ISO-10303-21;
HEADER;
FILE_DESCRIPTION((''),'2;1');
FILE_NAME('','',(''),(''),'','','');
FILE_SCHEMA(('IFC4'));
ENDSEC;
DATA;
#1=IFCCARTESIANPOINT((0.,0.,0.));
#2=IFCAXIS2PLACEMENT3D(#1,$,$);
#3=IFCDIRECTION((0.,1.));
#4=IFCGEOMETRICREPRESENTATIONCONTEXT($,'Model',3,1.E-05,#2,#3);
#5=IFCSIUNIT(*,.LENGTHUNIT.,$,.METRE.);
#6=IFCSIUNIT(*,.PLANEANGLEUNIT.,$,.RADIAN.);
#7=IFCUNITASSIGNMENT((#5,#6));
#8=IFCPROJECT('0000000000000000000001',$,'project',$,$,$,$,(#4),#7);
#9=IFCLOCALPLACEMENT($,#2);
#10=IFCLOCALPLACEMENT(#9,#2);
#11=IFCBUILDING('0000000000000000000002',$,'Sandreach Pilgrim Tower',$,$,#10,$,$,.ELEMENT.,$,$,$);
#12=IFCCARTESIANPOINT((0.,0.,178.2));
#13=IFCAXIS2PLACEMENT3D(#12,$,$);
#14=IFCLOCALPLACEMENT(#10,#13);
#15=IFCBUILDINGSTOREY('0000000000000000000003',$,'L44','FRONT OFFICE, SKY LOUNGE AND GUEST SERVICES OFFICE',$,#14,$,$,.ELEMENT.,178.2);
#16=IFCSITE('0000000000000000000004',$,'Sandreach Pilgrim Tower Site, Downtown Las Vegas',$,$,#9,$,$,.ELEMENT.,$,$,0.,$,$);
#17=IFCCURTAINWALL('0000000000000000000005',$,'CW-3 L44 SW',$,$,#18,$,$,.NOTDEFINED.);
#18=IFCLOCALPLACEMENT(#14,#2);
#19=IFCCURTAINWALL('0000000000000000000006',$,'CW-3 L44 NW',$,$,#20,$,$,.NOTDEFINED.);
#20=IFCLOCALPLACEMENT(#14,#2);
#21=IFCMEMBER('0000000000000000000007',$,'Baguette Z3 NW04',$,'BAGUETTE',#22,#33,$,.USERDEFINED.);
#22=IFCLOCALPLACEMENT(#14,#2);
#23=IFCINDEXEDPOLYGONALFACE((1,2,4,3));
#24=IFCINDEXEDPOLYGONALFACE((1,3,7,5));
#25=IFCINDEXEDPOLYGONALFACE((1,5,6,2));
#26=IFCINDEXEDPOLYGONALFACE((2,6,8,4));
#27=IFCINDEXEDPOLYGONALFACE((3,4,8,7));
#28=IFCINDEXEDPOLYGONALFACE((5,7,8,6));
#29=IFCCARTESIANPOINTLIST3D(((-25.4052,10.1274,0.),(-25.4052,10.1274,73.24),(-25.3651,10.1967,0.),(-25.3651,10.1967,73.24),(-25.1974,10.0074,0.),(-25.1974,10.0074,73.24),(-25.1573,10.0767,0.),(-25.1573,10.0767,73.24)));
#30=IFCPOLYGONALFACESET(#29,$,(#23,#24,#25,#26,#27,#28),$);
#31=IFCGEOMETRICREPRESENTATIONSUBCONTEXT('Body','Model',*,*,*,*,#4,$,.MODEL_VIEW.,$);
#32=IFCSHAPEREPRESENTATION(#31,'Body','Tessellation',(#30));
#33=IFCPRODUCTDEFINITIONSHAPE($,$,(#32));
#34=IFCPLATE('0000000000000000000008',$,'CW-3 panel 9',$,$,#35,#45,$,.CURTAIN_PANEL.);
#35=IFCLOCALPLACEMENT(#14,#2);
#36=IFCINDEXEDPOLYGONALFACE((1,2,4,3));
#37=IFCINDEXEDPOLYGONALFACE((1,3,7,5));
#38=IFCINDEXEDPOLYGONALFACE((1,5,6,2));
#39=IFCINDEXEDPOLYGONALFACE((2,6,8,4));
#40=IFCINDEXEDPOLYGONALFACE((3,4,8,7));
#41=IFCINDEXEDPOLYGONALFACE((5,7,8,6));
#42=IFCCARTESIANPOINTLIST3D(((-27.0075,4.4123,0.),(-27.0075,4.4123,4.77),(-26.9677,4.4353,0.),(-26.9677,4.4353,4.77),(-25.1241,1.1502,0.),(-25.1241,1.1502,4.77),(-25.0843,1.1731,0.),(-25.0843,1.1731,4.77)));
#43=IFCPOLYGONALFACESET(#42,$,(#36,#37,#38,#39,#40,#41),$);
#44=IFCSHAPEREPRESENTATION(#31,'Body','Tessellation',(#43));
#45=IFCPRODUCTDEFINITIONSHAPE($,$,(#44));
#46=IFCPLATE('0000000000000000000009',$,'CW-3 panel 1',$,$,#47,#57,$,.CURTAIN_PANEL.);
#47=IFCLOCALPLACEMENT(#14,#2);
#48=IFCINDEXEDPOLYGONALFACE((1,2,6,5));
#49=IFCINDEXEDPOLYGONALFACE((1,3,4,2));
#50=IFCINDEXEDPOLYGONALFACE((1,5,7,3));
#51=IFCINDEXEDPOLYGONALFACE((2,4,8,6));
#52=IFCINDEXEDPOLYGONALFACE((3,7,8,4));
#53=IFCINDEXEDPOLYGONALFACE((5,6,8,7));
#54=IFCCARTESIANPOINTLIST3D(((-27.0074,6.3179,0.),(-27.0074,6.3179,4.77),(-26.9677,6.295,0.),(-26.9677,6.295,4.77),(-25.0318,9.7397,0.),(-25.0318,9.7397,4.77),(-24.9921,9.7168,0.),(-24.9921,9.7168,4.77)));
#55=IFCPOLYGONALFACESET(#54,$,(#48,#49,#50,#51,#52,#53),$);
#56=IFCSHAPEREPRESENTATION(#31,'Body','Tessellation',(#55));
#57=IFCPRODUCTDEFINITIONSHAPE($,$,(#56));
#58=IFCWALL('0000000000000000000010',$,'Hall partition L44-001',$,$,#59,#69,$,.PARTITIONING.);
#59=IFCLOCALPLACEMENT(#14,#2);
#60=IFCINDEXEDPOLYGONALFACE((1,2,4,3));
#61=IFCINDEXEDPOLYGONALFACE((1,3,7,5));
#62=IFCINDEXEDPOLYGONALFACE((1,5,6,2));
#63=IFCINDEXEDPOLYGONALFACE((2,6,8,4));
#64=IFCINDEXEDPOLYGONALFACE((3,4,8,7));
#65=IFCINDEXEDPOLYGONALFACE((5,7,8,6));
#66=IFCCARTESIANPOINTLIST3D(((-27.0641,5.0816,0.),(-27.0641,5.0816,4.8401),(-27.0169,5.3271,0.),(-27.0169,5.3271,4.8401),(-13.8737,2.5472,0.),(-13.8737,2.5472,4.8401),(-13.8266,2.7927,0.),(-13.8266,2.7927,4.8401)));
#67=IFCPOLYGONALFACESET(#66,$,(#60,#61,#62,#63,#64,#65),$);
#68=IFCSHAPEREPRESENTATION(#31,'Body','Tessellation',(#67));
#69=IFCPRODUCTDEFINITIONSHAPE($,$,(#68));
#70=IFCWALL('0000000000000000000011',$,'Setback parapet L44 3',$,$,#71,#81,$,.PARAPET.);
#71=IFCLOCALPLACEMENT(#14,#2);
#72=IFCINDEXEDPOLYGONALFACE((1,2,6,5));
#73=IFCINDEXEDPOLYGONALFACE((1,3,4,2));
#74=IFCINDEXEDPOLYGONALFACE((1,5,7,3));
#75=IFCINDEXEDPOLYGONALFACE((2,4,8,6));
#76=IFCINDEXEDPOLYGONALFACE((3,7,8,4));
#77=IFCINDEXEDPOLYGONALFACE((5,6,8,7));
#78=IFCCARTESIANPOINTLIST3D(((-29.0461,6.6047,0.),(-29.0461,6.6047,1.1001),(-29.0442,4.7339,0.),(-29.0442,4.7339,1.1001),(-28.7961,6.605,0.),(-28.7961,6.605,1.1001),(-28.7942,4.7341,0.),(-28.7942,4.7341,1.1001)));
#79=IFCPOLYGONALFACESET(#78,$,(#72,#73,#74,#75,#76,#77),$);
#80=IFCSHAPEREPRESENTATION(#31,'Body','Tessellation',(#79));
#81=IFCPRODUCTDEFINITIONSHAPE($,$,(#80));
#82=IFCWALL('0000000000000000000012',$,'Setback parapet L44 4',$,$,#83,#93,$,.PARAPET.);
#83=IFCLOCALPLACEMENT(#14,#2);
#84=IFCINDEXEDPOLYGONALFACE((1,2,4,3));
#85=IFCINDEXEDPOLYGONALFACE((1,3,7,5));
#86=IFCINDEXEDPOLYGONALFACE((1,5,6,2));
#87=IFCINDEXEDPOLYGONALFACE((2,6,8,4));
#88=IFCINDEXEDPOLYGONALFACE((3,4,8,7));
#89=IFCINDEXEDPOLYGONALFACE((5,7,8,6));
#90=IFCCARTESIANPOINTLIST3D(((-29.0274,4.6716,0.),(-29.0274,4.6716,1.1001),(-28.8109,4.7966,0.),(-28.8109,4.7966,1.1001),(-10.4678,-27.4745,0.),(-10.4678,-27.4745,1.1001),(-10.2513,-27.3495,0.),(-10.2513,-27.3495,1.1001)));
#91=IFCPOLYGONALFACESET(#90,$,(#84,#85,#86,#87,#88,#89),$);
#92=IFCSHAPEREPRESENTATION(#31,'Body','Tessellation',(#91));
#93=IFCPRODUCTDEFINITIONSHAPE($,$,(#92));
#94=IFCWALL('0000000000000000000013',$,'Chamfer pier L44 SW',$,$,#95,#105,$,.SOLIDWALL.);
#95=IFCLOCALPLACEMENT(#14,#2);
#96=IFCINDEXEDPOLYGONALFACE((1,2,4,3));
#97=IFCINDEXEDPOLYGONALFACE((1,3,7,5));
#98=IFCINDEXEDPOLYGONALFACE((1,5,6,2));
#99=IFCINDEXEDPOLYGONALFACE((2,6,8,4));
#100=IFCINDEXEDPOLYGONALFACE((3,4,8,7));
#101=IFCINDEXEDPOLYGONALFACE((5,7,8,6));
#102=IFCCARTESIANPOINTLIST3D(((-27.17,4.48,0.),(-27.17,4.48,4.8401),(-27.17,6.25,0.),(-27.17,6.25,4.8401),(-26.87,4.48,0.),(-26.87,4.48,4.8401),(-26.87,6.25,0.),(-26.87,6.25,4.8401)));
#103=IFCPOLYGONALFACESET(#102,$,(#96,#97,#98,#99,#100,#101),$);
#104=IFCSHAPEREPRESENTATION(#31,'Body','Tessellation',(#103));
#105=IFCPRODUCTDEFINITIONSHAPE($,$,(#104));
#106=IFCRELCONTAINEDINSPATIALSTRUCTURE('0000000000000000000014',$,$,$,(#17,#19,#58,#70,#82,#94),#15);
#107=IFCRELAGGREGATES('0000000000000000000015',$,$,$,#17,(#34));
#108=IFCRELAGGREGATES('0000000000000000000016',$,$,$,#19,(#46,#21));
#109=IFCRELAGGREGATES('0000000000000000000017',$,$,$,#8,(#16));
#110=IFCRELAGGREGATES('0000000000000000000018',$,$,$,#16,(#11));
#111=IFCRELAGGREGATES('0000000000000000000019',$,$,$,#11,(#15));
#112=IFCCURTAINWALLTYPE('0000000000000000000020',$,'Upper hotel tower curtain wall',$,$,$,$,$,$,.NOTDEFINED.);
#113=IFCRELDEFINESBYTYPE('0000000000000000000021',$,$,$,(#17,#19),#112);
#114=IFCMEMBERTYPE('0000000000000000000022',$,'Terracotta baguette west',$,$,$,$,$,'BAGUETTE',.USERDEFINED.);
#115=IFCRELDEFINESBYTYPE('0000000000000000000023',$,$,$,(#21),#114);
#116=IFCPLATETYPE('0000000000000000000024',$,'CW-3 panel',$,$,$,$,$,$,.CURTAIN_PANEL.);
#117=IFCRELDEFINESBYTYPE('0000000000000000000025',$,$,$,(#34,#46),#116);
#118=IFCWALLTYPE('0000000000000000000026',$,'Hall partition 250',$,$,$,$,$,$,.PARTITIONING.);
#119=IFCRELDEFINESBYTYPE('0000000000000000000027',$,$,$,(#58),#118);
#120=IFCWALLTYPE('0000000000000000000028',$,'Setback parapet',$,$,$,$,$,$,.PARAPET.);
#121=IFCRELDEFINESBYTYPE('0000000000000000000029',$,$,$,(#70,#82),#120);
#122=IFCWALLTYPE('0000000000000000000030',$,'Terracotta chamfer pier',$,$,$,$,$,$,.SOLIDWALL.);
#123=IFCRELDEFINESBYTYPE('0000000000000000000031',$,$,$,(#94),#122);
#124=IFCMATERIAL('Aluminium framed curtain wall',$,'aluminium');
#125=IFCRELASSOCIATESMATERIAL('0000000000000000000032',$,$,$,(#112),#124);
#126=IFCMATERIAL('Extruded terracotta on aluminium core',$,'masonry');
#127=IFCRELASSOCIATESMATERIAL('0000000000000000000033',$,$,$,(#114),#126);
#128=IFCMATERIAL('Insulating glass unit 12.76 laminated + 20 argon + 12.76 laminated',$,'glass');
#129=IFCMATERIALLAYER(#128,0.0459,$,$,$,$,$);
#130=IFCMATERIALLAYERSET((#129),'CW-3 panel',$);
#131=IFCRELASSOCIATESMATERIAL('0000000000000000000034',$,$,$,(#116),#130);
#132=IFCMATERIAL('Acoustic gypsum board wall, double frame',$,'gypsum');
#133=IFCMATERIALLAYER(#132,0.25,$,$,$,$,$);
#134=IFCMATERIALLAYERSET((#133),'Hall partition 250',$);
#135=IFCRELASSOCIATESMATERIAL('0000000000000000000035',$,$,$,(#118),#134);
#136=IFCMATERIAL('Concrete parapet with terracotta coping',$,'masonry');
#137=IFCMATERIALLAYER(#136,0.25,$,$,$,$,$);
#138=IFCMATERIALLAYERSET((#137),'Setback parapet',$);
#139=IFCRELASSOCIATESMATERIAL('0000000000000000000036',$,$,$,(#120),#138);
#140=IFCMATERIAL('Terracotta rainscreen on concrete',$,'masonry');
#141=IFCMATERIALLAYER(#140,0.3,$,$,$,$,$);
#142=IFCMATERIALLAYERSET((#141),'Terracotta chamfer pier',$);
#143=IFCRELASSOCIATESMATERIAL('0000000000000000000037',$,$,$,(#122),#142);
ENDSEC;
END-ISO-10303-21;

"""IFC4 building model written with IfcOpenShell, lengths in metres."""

from ifc_helpers import new_model, si_unit, direction, frame, frame_2d, origin, origin_2d, place, context, subcontext, project, spatial, rectangle, extrude, material, layer, layer_set, material_profile, profile_set, type_object, element, aggregate, save


model = new_model("IFC4")

# Units and contexts
model_context = context("Model", 3, precision=1e-05, world=origin(), true_north=direction((0.0, 1.0)))
body_context = subcontext(model_context, "Body", "Model", "MODEL_VIEW")
ifc_project = project(units=[si_unit("LENGTHUNIT", "METRE"), si_unit("PLANEANGLEUNIT", "RADIAN")], contexts=[model_context])

# Site, building, storey
site_placement = place(None, origin())
site = spatial("IfcSite", under=ifc_project, at=site_placement, Name="Sandreach Pilgrim Tower Site, Downtown Las Vegas", CompositionType="ELEMENT", RefElevation=0.0)
building_placement = place(site_placement, origin())
building = spatial("IfcBuilding", under=site, at=building_placement, Name="Sandreach Pilgrim Tower", CompositionType="ELEMENT")
storey_placement = place(building_placement, frame((0.0, 0.0, 178.2)))
storey = spatial("IfcBuildingStorey", under=building, at=storey_placement, Name="L44", Description="FRONT OFFICE, SKY LOUNGE AND GUEST SERVICES OFFICE", CompositionType="ELEMENT", Elevation=178.2)

# Curtain walls
ifc_material_1 = material(Name="Aluminium framed curtain wall", Category="aluminium")
curtain_wall_type = type_object("IfcCurtainWallType", Name="Upper hotel tower curtain wall", PredefinedType="NOTDEFINED", material=ifc_material_1)
curtain_wall_1_placement = place(storey_placement, origin())
curtain_wall_1 = element("IfcCurtainWall", 1, at=curtain_wall_1_placement, inside=storey, type_object=curtain_wall_type, Name="CW-3 L44 SW", PredefinedType="NOTDEFINED")
curtain_wall_2_placement = place(storey_placement, origin())
curtain_wall_2 = element("IfcCurtainWall", 2, at=curtain_wall_2_placement, inside=storey, type_object=curtain_wall_type, Name="CW-3 L44 NW", PredefinedType="NOTDEFINED")

# Member
ifc_material_2 = material(Name="Extruded terracotta on aluminium core", Category="masonry")
ifc_material_profile_1 = material_profile(ifc_material_2, rectangle(XDim=0.0801, YDim=0.24, at=origin_2d()), Name="TBW 80X240")
ifc_profile_set_1 = profile_set([ifc_material_profile_1], Name="Extruded terracotta on aluminium core")
member_type_1 = type_object("IfcMemberType", Name="Terracotta baguette west", ElementType="BAGUETTE", PredefinedType="USERDEFINED", material=ifc_profile_set_1)
member_1_placement = place(storey_placement, frame((-25.2812, 10.1021, 0.0), z_axis=(0.0, 0.0, 1.0), x_axis=(0.5, 0.866025, 0.0)))
member_1 = element("IfcMember", 3, at=member_1_placement, type_object=member_type_1, Name="Baguette Z3 NW04", ObjectType="BAGUETTE", PredefinedType="USERDEFINED", context=body_context, shape_type="SweptSolid", body=[
    extrude(rectangle(XDim=0.0801, YDim=0.24, at=origin_2d()), origin(), (0.0, 0.0, 1.0), 73.24),
])

# Plates
ifc_material_3 = material(Name="Insulating glass unit 12.76 laminated + 20 argon + 12.76 laminated", Category="glass")
ifc_layer_1 = layer(ifc_material_3, 0.0459)
ifc_layer_set_1 = layer_set([ifc_layer_1], Name="CW-3 panel")
plate_type = type_object("IfcPlateType", Name="CW-3 panel", PredefinedType="CURTAIN_PANEL", material=ifc_layer_set_1)
plate_1_placement = place(storey_placement, frame((-26.0459, 2.7927, 0.0), z_axis=(0.0, 0.0, 1.0), x_axis=(-0.5, 0.866025, 0.0)))
plate_1 = element("IfcPlate", 4, at=plate_1_placement, type_object=plate_type, Name="CW-3 panel 9", PredefinedType="CURTAIN_PANEL", context=body_context, shape_type="SweptSolid", body=[
    extrude(rectangle(XDim=3.7668, YDim=0.0459, at=origin_2d()), origin(), (0.0, 0.0, 1.0), 4.77),
])
aggregate(curtain_wall_1, [plate_1])
plate_2_placement = place(storey_placement, frame((-25.9998, 8.0173, 0.0), z_axis=(0.0, 0.0, 1.0), x_axis=(0.5, 0.866025, 0.0)))
plate_2 = element("IfcPlate", 5, at=plate_2_placement, type_object=plate_type, Name="CW-3 panel 1", PredefinedType="CURTAIN_PANEL", context=body_context, shape_type="SweptSolid", body=[
    extrude(rectangle(XDim=3.9512, YDim=0.0459, at=origin_2d()), origin(), (0.0, 0.0, 1.0), 4.77),
])
aggregate(curtain_wall_2, [plate_2, member_1])

# Walls
ifc_material_4 = material(Name="Acoustic gypsum board wall, double frame", Category="gypsum")
ifc_layer_2 = layer(ifc_material_4, 0.25)
ifc_layer_set_2 = layer_set([ifc_layer_2], Name="Hall partition 250")
wall_type_1 = type_object("IfcWallType", Name="Hall partition 250", PredefinedType="PARTITIONING", material=ifc_layer_set_2)
wall_1_placement = place(storey_placement, frame((-27.0405, 5.2043, 0.0), z_axis=(0.0, 0.0, 1.0), x_axis=(0.982037, -0.18869, 0.0)))
element("IfcWall", 6, at=wall_1_placement, inside=storey, type_object=wall_type_1, Name="Hall partition L44-001", PredefinedType="PARTITIONING", context=body_context, shape_type="SweptSolid", body=[
    extrude(rectangle(XDim=13.4316, YDim=0.25, at=frame_2d((6.7158, 0.0))), origin(), (0.0, 0.0, 1.0), 4.8401),
])
ifc_material_5 = material(Name="Concrete parapet with terracotta coping", Category="masonry")
ifc_layer_3 = layer(ifc_material_5, 0.25)
ifc_layer_set_3 = layer_set([ifc_layer_3], Name="Setback parapet")
wall_type_2 = type_object("IfcWallType", Name="Setback parapet", PredefinedType="PARAPET", material=ifc_layer_set_3)
wall_2_placement = place(storey_placement, frame((-28.9211, 6.605, 0.0), z_axis=(0.0, 0.0, 1.0), x_axis=(0.001044, -0.999999, 0.0)))
element("IfcWall", 7, at=wall_2_placement, inside=storey, type_object=wall_type_2, Name="Setback parapet L44 3", PredefinedType="PARAPET", context=body_context, shape_type="SweptSolid", body=[
    extrude(rectangle(XDim=1.8708, YDim=0.25, at=frame_2d((0.9355, 0.0))), origin(), (0.0, 0.0, 1.0), 1.1001),
])
wall_3_placement = place(storey_placement, frame((-28.9192, 4.7341, 0.0), z_axis=(0.0, 0.0, 1.0), x_axis=(0.500001, -0.866025, 0.0)))
element("IfcWall", 8, at=wall_3_placement, inside=storey, type_object=wall_type_2, Name="Setback parapet L44 4", PredefinedType="PARAPET", context=body_context, shape_type="SweptSolid", body=[
    extrude(rectangle(XDim=37.1191, YDim=0.25, at=frame_2d((18.5596, 0.0))), origin(), (0.0, 0.0, 1.0), 1.1001),
])
ifc_material_6 = material(Name="Terracotta rainscreen on concrete", Category="masonry")
ifc_layer_4 = layer(ifc_material_6, 0.3)
ifc_layer_set_4 = layer_set([ifc_layer_4], Name="Terracotta chamfer pier")
wall_type_3 = type_object("IfcWallType", Name="Terracotta chamfer pier", PredefinedType="SOLIDWALL", material=ifc_layer_set_4)
wall_4_placement = place(storey_placement, frame((-27.02, 4.48, 0.0), z_axis=(0.0, 0.0, 1.0), x_axis=(0.0, 1.0, 0.0)))
element("IfcWall", 9, at=wall_4_placement, inside=storey, type_object=wall_type_3, Name="Chamfer pier L44 SW", PredefinedType="SOLIDWALL", context=body_context, shape_type="SweptSolid", body=[
    extrude(rectangle(XDim=1.77, YDim=0.3, at=frame_2d((0.885, 0.0))), origin(), (0.0, 0.0, 1.0), 4.8401),
])

save(model, "model.ifc")
